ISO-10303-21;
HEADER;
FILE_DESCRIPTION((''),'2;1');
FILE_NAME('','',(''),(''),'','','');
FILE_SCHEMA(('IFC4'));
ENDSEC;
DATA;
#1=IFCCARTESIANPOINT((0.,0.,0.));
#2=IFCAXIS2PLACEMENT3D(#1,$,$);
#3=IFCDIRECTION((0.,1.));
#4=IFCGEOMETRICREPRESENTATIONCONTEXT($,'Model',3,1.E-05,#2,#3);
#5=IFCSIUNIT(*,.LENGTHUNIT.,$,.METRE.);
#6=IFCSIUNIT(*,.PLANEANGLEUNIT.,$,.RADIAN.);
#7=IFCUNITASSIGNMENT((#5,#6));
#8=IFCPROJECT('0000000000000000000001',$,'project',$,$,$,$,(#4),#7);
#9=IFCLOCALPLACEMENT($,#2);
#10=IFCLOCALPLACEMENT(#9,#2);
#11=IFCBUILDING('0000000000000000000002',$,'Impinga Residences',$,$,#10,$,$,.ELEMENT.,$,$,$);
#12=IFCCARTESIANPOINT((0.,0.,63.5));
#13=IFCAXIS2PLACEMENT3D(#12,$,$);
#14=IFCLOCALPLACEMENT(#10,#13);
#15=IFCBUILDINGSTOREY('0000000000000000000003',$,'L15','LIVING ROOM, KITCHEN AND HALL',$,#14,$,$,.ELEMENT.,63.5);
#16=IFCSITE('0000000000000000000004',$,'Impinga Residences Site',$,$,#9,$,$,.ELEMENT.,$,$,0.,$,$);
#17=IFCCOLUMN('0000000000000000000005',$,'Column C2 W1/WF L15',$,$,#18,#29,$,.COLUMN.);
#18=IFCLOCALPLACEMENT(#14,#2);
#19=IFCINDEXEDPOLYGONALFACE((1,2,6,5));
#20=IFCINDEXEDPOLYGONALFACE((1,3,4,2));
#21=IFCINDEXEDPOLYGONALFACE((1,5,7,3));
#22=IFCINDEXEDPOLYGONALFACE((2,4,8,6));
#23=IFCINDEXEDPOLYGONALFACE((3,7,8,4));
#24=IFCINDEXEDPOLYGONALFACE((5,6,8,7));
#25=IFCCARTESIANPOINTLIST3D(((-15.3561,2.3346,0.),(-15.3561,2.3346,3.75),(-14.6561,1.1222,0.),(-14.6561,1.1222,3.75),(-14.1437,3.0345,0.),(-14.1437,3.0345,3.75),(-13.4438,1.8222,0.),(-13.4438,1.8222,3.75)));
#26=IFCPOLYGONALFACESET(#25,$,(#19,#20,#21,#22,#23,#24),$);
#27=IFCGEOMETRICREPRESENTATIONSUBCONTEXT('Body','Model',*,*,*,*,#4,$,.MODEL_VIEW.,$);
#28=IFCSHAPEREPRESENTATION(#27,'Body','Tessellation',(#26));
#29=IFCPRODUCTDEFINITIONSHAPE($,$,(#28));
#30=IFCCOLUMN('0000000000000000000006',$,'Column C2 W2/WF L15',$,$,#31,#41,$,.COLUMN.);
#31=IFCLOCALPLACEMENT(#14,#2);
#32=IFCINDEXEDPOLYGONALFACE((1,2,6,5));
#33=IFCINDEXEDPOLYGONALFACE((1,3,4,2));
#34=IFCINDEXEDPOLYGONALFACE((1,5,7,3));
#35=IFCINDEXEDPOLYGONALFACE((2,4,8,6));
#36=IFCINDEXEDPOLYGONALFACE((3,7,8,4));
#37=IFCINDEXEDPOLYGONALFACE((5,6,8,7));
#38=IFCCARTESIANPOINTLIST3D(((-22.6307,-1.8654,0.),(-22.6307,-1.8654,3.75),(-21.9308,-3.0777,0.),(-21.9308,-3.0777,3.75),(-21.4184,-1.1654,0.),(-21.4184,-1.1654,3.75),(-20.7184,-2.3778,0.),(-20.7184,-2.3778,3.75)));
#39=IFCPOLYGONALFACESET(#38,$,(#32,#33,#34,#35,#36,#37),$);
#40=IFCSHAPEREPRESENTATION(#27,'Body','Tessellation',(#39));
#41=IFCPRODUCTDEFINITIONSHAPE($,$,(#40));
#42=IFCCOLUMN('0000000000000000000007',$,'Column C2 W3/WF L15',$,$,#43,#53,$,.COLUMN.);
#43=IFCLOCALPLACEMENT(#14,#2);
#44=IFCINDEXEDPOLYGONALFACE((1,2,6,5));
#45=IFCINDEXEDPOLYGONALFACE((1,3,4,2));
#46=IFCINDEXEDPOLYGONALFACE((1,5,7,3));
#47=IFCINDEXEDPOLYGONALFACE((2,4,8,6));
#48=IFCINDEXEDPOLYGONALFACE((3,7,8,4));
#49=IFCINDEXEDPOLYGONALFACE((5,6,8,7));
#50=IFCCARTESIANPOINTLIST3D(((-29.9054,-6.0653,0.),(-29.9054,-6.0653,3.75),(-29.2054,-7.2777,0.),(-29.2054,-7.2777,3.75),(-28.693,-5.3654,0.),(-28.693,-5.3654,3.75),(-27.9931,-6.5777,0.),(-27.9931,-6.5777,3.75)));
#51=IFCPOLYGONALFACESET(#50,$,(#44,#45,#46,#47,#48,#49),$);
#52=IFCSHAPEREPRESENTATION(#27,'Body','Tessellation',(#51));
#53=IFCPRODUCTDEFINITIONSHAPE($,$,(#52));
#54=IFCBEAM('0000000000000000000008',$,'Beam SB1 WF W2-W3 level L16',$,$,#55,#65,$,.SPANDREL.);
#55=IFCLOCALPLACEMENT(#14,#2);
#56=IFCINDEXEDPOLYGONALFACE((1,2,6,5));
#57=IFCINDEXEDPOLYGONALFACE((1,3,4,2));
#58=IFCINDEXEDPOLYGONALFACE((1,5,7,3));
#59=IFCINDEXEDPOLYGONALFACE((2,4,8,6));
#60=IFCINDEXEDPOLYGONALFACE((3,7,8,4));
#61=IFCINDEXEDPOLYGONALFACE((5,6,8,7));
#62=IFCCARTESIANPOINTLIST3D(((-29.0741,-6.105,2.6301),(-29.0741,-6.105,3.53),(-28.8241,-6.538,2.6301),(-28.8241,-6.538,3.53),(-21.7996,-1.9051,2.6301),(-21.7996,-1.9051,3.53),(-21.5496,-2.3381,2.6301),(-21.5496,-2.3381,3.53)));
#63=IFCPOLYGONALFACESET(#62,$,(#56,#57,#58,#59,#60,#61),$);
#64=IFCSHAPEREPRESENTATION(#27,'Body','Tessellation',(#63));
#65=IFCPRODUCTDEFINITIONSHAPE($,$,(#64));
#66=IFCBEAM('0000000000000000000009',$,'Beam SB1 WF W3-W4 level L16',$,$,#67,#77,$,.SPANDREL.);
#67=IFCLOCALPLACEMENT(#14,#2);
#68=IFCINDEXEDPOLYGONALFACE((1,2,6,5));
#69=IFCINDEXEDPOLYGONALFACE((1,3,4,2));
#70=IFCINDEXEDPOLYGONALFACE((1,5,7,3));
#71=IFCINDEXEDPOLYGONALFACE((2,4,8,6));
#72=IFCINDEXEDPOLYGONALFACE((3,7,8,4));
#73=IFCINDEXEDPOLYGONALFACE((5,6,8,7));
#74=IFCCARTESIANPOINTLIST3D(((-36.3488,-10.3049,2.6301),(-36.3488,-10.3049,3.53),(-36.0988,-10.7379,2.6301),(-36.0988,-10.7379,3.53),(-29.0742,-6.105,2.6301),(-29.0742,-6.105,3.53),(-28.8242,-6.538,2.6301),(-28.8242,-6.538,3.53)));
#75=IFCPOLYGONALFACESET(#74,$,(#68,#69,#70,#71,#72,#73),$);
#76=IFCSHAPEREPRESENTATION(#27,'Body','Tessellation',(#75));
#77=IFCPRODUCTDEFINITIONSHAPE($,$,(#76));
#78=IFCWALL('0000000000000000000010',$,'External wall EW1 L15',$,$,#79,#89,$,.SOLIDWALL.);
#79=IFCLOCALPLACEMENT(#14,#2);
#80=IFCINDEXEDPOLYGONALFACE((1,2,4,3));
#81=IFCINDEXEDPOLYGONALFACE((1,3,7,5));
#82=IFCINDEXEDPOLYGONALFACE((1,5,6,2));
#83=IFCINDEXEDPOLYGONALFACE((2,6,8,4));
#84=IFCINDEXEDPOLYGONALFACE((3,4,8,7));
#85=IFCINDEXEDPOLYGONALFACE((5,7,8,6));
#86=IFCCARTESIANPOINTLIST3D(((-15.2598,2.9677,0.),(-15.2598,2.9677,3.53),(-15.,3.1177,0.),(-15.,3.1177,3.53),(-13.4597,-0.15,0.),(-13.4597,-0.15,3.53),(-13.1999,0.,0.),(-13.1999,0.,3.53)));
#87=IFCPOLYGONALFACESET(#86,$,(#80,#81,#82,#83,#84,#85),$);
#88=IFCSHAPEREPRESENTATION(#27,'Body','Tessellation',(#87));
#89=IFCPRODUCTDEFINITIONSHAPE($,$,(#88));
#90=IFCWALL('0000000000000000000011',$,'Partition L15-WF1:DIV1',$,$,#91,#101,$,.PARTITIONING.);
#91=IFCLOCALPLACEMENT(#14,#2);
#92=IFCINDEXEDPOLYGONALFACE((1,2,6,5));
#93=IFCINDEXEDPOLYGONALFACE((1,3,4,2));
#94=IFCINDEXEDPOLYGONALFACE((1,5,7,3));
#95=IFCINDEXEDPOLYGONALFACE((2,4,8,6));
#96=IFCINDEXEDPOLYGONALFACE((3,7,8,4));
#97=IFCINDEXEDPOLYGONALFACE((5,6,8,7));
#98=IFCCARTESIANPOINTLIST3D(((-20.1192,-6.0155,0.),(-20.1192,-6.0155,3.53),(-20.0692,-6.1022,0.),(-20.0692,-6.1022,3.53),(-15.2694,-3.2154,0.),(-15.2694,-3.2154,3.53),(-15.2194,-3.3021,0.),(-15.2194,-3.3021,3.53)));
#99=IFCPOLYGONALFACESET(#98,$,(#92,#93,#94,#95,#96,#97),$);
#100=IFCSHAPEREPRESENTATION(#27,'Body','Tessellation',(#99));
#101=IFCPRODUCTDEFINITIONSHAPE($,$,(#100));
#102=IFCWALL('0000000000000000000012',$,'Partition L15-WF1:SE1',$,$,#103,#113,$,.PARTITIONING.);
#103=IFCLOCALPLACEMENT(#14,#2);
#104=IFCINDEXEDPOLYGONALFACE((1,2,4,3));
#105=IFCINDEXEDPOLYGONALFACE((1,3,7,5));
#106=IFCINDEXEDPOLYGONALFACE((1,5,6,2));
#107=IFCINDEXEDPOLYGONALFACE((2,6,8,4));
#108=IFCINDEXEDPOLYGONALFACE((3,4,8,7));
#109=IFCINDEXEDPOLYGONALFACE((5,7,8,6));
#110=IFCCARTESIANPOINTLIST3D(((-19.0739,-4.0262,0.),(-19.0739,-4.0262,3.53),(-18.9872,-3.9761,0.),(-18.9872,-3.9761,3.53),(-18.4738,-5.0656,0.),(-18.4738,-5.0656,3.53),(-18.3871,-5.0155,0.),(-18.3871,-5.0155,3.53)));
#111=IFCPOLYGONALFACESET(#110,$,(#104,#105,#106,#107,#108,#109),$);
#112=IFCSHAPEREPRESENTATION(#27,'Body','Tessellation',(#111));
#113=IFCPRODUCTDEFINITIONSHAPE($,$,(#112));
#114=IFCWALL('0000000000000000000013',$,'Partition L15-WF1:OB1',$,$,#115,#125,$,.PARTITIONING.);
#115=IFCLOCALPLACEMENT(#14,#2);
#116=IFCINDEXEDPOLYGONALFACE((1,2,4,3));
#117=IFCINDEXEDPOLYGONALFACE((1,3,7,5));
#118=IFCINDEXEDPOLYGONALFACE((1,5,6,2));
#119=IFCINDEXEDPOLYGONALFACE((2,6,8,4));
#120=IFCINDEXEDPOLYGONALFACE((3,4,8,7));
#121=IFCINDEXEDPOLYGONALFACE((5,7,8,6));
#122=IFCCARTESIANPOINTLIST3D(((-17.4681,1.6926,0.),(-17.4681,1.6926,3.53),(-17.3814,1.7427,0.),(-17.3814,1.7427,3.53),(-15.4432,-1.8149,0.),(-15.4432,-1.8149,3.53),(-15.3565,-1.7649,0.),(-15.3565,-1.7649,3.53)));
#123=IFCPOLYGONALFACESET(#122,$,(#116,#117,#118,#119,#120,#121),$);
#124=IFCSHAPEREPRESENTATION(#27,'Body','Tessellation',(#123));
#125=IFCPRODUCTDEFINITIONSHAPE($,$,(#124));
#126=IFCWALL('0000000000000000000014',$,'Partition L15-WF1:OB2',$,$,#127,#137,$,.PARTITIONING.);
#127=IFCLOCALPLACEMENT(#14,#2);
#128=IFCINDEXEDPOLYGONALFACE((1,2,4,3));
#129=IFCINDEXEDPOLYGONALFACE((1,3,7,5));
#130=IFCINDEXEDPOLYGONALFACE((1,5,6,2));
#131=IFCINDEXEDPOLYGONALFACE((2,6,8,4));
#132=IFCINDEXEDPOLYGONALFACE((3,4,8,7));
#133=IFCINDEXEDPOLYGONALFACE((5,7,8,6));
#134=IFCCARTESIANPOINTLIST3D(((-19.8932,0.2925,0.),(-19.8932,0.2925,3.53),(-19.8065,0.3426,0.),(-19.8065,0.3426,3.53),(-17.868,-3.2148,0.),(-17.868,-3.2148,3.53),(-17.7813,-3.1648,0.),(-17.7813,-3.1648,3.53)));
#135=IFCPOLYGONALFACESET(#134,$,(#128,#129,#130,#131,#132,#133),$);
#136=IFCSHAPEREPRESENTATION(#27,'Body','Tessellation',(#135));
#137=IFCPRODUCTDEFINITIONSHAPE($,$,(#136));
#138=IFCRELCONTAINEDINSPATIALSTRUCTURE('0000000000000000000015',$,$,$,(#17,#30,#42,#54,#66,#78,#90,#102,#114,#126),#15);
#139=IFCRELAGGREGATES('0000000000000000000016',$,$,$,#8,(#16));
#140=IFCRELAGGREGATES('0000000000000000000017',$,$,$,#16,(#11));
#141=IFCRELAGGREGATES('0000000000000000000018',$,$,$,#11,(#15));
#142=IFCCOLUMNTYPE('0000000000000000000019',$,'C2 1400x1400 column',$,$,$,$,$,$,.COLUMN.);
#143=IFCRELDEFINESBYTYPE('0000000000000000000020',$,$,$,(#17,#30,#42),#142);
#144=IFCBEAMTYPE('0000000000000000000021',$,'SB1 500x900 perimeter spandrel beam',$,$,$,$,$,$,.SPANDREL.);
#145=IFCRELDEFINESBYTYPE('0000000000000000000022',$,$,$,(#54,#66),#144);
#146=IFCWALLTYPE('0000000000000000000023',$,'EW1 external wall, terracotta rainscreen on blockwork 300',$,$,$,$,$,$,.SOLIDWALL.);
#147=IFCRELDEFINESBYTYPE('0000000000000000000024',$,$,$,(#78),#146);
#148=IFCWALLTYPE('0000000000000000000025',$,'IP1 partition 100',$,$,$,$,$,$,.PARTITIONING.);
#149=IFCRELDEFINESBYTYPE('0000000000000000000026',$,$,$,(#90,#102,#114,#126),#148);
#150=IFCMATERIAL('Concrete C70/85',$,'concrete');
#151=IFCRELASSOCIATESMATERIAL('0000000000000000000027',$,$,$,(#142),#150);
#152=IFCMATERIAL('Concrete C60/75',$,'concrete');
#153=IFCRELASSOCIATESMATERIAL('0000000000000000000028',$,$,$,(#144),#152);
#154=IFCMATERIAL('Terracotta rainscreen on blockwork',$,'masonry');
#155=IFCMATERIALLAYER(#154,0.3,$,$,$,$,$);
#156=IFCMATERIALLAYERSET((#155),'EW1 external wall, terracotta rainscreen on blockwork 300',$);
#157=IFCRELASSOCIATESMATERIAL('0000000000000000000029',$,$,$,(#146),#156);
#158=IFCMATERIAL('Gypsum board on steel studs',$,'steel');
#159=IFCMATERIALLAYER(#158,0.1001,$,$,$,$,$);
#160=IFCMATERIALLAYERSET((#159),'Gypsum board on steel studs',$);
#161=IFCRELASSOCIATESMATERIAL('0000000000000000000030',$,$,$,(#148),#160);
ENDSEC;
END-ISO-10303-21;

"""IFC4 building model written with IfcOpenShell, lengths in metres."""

from ifc_helpers import new_model, si_unit, direction, frame, frame_2d, origin, origin_2d, place, context, subcontext, project, spatial, rectangle, extrude, material, layer, layer_set, material_profile, profile_set, type_object, element, save


model = new_model("IFC4")

# Units and contexts
model_context = context("Model", 3, precision=1e-05, world=origin(), true_north=direction((0.0, 1.0)))
body_context = subcontext(model_context, "Body", "Model", "MODEL_VIEW")
ifc_project = project(units=[si_unit("LENGTHUNIT", "METRE"), si_unit("PLANEANGLEUNIT", "RADIAN")], contexts=[model_context])

# Site, building, storey
site_placement = place(None, origin())
site = spatial("IfcSite", under=ifc_project, at=site_placement, Name="Impinga Residences Site", CompositionType="ELEMENT", RefElevation=0.0)
building_placement = place(site_placement, origin())
building = spatial("IfcBuilding", under=site, at=building_placement, Name="Impinga Residences", CompositionType="ELEMENT")
storey_placement = place(building_placement, frame((0.0, 0.0, 63.5)))
storey = spatial("IfcBuildingStorey", under=building, at=storey_placement, Name="L15", Description="LIVING ROOM, KITCHEN AND HALL", CompositionType="ELEMENT", Elevation=63.5)

# Columns
ifc_material_1 = material(Name="Concrete C70/85", Category="concrete")
ifc_material_profile_1 = material_profile(ifc_material_1, rectangle(XDim=1.3999, YDim=1.3999, at=origin_2d()), Name="RC 1400x1400")
ifc_profile_set_1 = profile_set([ifc_material_profile_1], Name="Concrete C70/85")
column_type = type_object("IfcColumnType", Name="C2 1400x1400 column", PredefinedType="COLUMN", material=ifc_profile_set_1)
for number, where, z_axis, x_axis, name in (
    (1, (-14.3999, 2.0784, 0.0), (0.0, 0.0, 1.0), (-0.5, 0.866025, 0.0), "Column C2 W1/WF L15"),
    (2, (-21.6746, -2.1216, 0.0), (0.0, 0.0, 1.0), (-0.5, 0.866025, 0.0), "Column C2 W2/WF L15"),
    (3, (-28.9492, -6.3215, 0.0), (0.0, 0.0, 1.0), (-0.5, 0.866025, 0.0), "Column C2 W3/WF L15"),
):
    element("IfcColumn", number, at=place(storey_placement, frame(where, z_axis=z_axis, x_axis=x_axis)), inside=storey, type_object=column_type, Name=name, PredefinedType="COLUMN", context=body_context, shape_type="SweptSolid", body=[
        extrude(rectangle(XDim=1.3999, YDim=1.3999, at=origin_2d()), origin(), (0.0, 0.0, 1.0), 3.75),
    ])

# Beams
ifc_material_2 = material(Name="Concrete C60/75", Category="concrete")
ifc_material_profile_2 = material_profile(ifc_material_2, rectangle(XDim=0.5, YDim=0.8999, at=origin_2d()), Name="RC 500x900")
ifc_profile_set_2 = profile_set([ifc_material_profile_2], Name="Concrete C60/75")
beam_type = type_object("IfcBeamType", Name="SB1 500x900 perimeter spandrel beam", PredefinedType="SPANDREL", material=ifc_profile_set_2)
for number, where, z_axis, x_axis, name in (
    (4, (-21.6746, -2.1216, 3.0801), (-0.866029, -0.499993, 0.0), (0.499993, -0.866029, 0.0), "Beam SB1 WF W2-W3 level L16"),
    (5, (-28.9492, -6.3215, 3.0801), (-0.866029, -0.499993, 0.0), (0.499993, -0.866029, 0.0), "Beam SB1 WF W3-W4 level L16"),
):
    element("IfcBeam", number, at=place(storey_placement, frame(where, z_axis=z_axis, x_axis=x_axis)), inside=storey, type_object=beam_type, Name=name, PredefinedType="SPANDREL", context=body_context, shape_type="SweptSolid", body=[
        extrude(rectangle(XDim=0.5, YDim=0.8999, at=origin_2d()), origin(), (0.0, 0.0, 1.0), 8.3999),
    ])

# Walls
ifc_material_3 = material(Name="Terracotta rainscreen on blockwork", Category="masonry")
ifc_layer_1 = layer(ifc_material_3, 0.3)
ifc_layer_set_1 = layer_set([ifc_layer_1], Name="EW1 external wall, terracotta rainscreen on blockwork 300")
wall_type_1 = type_object("IfcWallType", Name="EW1 external wall, terracotta rainscreen on blockwork 300", PredefinedType="SOLIDWALL", material=ifc_layer_set_1)
wall_1_placement = place(storey_placement, frame((-15.1299, 3.0427, 0.0), z_axis=(0.0, 0.0, 1.0), x_axis=(0.500012, -0.866018, 0.0)))
element("IfcWall", 6, at=wall_1_placement, inside=storey, type_object=wall_type_1, Name="External wall EW1 L15", PredefinedType="SOLIDWALL", context=body_context, shape_type="SweptSolid", body=[
    extrude(rectangle(XDim=3.6001, YDim=0.3, at=frame_2d((1.8, 0.0))), origin(), (0.0, 0.0, 1.0), 3.53),
])
ifc_material_4 = material(Name="Gypsum board on steel studs", Category="steel")
ifc_layer_2 = layer(ifc_material_4, 0.1001)
ifc_layer_set_2 = layer_set([ifc_layer_2], Name="Gypsum board on steel studs")
wall_type_2 = type_object("IfcWallType", Name="IP1 partition 100", PredefinedType="PARTITIONING", material=ifc_layer_set_2)
wall_2_placement = place(storey_placement, frame((-15.2444, -3.2588, 0.0), z_axis=(0.0, 0.0, 1.0), x_axis=(-0.866027, -0.499998, 0.0)))
element("IfcWall", 7, at=wall_2_placement, inside=storey, type_object=wall_type_2, Name="Partition L15-WF1:DIV1", PredefinedType="PARTITIONING", context=body_context, shape_type="SweptSolid", body=[
    extrude(rectangle(XDim=5.6001, YDim=0.1001, at=frame_2d((2.8, 0.0))), origin(), (0.0, 0.0, 1.0), 3.53),
])
wall_3_placement = place(storey_placement, frame((-18.4304, -5.0405, 0.0), z_axis=(0.0, 0.0, 1.0), x_axis=(-0.500034, 0.866006, 0.0)))
element("IfcWall", 8, at=wall_3_placement, inside=storey, type_object=wall_type_2, Name="Partition L15-WF1:SE1", PredefinedType="PARTITIONING", context=body_context, shape_type="SweptSolid", body=[
    extrude(rectangle(XDim=1.2002, YDim=0.1001, at=frame_2d((0.6001, 0.0))), origin(), (0.0, 0.0, 1.0), 3.53),
])
for number, where, z_axis, x_axis, name in (
    (9, (-15.3999, -1.7898, 0.0), (0.0, 0.0, 1.0), (-0.499964, 0.866046, 0.0), "Partition L15-WF1:OB1"),
    (10, (-17.8247, -3.1897, 0.0), (0.0, 0.0, 1.0), (-0.500036, 0.866005, 0.0), "Partition L15-WF1:OB2"),
):
    element("IfcWall", number, at=place(storey_placement, frame(where, z_axis=z_axis, x_axis=x_axis)), inside=storey, type_object=wall_type_2, Name=name, PredefinedType="PARTITIONING", context=body_context, shape_type="SweptSolid", body=[
        extrude(rectangle(XDim=4.05, YDim=0.1001, at=frame_2d((2.0249, 0.0))), origin(), (0.0, 0.0, 1.0), 3.53),
    ])

save(model, "model.ifc")
